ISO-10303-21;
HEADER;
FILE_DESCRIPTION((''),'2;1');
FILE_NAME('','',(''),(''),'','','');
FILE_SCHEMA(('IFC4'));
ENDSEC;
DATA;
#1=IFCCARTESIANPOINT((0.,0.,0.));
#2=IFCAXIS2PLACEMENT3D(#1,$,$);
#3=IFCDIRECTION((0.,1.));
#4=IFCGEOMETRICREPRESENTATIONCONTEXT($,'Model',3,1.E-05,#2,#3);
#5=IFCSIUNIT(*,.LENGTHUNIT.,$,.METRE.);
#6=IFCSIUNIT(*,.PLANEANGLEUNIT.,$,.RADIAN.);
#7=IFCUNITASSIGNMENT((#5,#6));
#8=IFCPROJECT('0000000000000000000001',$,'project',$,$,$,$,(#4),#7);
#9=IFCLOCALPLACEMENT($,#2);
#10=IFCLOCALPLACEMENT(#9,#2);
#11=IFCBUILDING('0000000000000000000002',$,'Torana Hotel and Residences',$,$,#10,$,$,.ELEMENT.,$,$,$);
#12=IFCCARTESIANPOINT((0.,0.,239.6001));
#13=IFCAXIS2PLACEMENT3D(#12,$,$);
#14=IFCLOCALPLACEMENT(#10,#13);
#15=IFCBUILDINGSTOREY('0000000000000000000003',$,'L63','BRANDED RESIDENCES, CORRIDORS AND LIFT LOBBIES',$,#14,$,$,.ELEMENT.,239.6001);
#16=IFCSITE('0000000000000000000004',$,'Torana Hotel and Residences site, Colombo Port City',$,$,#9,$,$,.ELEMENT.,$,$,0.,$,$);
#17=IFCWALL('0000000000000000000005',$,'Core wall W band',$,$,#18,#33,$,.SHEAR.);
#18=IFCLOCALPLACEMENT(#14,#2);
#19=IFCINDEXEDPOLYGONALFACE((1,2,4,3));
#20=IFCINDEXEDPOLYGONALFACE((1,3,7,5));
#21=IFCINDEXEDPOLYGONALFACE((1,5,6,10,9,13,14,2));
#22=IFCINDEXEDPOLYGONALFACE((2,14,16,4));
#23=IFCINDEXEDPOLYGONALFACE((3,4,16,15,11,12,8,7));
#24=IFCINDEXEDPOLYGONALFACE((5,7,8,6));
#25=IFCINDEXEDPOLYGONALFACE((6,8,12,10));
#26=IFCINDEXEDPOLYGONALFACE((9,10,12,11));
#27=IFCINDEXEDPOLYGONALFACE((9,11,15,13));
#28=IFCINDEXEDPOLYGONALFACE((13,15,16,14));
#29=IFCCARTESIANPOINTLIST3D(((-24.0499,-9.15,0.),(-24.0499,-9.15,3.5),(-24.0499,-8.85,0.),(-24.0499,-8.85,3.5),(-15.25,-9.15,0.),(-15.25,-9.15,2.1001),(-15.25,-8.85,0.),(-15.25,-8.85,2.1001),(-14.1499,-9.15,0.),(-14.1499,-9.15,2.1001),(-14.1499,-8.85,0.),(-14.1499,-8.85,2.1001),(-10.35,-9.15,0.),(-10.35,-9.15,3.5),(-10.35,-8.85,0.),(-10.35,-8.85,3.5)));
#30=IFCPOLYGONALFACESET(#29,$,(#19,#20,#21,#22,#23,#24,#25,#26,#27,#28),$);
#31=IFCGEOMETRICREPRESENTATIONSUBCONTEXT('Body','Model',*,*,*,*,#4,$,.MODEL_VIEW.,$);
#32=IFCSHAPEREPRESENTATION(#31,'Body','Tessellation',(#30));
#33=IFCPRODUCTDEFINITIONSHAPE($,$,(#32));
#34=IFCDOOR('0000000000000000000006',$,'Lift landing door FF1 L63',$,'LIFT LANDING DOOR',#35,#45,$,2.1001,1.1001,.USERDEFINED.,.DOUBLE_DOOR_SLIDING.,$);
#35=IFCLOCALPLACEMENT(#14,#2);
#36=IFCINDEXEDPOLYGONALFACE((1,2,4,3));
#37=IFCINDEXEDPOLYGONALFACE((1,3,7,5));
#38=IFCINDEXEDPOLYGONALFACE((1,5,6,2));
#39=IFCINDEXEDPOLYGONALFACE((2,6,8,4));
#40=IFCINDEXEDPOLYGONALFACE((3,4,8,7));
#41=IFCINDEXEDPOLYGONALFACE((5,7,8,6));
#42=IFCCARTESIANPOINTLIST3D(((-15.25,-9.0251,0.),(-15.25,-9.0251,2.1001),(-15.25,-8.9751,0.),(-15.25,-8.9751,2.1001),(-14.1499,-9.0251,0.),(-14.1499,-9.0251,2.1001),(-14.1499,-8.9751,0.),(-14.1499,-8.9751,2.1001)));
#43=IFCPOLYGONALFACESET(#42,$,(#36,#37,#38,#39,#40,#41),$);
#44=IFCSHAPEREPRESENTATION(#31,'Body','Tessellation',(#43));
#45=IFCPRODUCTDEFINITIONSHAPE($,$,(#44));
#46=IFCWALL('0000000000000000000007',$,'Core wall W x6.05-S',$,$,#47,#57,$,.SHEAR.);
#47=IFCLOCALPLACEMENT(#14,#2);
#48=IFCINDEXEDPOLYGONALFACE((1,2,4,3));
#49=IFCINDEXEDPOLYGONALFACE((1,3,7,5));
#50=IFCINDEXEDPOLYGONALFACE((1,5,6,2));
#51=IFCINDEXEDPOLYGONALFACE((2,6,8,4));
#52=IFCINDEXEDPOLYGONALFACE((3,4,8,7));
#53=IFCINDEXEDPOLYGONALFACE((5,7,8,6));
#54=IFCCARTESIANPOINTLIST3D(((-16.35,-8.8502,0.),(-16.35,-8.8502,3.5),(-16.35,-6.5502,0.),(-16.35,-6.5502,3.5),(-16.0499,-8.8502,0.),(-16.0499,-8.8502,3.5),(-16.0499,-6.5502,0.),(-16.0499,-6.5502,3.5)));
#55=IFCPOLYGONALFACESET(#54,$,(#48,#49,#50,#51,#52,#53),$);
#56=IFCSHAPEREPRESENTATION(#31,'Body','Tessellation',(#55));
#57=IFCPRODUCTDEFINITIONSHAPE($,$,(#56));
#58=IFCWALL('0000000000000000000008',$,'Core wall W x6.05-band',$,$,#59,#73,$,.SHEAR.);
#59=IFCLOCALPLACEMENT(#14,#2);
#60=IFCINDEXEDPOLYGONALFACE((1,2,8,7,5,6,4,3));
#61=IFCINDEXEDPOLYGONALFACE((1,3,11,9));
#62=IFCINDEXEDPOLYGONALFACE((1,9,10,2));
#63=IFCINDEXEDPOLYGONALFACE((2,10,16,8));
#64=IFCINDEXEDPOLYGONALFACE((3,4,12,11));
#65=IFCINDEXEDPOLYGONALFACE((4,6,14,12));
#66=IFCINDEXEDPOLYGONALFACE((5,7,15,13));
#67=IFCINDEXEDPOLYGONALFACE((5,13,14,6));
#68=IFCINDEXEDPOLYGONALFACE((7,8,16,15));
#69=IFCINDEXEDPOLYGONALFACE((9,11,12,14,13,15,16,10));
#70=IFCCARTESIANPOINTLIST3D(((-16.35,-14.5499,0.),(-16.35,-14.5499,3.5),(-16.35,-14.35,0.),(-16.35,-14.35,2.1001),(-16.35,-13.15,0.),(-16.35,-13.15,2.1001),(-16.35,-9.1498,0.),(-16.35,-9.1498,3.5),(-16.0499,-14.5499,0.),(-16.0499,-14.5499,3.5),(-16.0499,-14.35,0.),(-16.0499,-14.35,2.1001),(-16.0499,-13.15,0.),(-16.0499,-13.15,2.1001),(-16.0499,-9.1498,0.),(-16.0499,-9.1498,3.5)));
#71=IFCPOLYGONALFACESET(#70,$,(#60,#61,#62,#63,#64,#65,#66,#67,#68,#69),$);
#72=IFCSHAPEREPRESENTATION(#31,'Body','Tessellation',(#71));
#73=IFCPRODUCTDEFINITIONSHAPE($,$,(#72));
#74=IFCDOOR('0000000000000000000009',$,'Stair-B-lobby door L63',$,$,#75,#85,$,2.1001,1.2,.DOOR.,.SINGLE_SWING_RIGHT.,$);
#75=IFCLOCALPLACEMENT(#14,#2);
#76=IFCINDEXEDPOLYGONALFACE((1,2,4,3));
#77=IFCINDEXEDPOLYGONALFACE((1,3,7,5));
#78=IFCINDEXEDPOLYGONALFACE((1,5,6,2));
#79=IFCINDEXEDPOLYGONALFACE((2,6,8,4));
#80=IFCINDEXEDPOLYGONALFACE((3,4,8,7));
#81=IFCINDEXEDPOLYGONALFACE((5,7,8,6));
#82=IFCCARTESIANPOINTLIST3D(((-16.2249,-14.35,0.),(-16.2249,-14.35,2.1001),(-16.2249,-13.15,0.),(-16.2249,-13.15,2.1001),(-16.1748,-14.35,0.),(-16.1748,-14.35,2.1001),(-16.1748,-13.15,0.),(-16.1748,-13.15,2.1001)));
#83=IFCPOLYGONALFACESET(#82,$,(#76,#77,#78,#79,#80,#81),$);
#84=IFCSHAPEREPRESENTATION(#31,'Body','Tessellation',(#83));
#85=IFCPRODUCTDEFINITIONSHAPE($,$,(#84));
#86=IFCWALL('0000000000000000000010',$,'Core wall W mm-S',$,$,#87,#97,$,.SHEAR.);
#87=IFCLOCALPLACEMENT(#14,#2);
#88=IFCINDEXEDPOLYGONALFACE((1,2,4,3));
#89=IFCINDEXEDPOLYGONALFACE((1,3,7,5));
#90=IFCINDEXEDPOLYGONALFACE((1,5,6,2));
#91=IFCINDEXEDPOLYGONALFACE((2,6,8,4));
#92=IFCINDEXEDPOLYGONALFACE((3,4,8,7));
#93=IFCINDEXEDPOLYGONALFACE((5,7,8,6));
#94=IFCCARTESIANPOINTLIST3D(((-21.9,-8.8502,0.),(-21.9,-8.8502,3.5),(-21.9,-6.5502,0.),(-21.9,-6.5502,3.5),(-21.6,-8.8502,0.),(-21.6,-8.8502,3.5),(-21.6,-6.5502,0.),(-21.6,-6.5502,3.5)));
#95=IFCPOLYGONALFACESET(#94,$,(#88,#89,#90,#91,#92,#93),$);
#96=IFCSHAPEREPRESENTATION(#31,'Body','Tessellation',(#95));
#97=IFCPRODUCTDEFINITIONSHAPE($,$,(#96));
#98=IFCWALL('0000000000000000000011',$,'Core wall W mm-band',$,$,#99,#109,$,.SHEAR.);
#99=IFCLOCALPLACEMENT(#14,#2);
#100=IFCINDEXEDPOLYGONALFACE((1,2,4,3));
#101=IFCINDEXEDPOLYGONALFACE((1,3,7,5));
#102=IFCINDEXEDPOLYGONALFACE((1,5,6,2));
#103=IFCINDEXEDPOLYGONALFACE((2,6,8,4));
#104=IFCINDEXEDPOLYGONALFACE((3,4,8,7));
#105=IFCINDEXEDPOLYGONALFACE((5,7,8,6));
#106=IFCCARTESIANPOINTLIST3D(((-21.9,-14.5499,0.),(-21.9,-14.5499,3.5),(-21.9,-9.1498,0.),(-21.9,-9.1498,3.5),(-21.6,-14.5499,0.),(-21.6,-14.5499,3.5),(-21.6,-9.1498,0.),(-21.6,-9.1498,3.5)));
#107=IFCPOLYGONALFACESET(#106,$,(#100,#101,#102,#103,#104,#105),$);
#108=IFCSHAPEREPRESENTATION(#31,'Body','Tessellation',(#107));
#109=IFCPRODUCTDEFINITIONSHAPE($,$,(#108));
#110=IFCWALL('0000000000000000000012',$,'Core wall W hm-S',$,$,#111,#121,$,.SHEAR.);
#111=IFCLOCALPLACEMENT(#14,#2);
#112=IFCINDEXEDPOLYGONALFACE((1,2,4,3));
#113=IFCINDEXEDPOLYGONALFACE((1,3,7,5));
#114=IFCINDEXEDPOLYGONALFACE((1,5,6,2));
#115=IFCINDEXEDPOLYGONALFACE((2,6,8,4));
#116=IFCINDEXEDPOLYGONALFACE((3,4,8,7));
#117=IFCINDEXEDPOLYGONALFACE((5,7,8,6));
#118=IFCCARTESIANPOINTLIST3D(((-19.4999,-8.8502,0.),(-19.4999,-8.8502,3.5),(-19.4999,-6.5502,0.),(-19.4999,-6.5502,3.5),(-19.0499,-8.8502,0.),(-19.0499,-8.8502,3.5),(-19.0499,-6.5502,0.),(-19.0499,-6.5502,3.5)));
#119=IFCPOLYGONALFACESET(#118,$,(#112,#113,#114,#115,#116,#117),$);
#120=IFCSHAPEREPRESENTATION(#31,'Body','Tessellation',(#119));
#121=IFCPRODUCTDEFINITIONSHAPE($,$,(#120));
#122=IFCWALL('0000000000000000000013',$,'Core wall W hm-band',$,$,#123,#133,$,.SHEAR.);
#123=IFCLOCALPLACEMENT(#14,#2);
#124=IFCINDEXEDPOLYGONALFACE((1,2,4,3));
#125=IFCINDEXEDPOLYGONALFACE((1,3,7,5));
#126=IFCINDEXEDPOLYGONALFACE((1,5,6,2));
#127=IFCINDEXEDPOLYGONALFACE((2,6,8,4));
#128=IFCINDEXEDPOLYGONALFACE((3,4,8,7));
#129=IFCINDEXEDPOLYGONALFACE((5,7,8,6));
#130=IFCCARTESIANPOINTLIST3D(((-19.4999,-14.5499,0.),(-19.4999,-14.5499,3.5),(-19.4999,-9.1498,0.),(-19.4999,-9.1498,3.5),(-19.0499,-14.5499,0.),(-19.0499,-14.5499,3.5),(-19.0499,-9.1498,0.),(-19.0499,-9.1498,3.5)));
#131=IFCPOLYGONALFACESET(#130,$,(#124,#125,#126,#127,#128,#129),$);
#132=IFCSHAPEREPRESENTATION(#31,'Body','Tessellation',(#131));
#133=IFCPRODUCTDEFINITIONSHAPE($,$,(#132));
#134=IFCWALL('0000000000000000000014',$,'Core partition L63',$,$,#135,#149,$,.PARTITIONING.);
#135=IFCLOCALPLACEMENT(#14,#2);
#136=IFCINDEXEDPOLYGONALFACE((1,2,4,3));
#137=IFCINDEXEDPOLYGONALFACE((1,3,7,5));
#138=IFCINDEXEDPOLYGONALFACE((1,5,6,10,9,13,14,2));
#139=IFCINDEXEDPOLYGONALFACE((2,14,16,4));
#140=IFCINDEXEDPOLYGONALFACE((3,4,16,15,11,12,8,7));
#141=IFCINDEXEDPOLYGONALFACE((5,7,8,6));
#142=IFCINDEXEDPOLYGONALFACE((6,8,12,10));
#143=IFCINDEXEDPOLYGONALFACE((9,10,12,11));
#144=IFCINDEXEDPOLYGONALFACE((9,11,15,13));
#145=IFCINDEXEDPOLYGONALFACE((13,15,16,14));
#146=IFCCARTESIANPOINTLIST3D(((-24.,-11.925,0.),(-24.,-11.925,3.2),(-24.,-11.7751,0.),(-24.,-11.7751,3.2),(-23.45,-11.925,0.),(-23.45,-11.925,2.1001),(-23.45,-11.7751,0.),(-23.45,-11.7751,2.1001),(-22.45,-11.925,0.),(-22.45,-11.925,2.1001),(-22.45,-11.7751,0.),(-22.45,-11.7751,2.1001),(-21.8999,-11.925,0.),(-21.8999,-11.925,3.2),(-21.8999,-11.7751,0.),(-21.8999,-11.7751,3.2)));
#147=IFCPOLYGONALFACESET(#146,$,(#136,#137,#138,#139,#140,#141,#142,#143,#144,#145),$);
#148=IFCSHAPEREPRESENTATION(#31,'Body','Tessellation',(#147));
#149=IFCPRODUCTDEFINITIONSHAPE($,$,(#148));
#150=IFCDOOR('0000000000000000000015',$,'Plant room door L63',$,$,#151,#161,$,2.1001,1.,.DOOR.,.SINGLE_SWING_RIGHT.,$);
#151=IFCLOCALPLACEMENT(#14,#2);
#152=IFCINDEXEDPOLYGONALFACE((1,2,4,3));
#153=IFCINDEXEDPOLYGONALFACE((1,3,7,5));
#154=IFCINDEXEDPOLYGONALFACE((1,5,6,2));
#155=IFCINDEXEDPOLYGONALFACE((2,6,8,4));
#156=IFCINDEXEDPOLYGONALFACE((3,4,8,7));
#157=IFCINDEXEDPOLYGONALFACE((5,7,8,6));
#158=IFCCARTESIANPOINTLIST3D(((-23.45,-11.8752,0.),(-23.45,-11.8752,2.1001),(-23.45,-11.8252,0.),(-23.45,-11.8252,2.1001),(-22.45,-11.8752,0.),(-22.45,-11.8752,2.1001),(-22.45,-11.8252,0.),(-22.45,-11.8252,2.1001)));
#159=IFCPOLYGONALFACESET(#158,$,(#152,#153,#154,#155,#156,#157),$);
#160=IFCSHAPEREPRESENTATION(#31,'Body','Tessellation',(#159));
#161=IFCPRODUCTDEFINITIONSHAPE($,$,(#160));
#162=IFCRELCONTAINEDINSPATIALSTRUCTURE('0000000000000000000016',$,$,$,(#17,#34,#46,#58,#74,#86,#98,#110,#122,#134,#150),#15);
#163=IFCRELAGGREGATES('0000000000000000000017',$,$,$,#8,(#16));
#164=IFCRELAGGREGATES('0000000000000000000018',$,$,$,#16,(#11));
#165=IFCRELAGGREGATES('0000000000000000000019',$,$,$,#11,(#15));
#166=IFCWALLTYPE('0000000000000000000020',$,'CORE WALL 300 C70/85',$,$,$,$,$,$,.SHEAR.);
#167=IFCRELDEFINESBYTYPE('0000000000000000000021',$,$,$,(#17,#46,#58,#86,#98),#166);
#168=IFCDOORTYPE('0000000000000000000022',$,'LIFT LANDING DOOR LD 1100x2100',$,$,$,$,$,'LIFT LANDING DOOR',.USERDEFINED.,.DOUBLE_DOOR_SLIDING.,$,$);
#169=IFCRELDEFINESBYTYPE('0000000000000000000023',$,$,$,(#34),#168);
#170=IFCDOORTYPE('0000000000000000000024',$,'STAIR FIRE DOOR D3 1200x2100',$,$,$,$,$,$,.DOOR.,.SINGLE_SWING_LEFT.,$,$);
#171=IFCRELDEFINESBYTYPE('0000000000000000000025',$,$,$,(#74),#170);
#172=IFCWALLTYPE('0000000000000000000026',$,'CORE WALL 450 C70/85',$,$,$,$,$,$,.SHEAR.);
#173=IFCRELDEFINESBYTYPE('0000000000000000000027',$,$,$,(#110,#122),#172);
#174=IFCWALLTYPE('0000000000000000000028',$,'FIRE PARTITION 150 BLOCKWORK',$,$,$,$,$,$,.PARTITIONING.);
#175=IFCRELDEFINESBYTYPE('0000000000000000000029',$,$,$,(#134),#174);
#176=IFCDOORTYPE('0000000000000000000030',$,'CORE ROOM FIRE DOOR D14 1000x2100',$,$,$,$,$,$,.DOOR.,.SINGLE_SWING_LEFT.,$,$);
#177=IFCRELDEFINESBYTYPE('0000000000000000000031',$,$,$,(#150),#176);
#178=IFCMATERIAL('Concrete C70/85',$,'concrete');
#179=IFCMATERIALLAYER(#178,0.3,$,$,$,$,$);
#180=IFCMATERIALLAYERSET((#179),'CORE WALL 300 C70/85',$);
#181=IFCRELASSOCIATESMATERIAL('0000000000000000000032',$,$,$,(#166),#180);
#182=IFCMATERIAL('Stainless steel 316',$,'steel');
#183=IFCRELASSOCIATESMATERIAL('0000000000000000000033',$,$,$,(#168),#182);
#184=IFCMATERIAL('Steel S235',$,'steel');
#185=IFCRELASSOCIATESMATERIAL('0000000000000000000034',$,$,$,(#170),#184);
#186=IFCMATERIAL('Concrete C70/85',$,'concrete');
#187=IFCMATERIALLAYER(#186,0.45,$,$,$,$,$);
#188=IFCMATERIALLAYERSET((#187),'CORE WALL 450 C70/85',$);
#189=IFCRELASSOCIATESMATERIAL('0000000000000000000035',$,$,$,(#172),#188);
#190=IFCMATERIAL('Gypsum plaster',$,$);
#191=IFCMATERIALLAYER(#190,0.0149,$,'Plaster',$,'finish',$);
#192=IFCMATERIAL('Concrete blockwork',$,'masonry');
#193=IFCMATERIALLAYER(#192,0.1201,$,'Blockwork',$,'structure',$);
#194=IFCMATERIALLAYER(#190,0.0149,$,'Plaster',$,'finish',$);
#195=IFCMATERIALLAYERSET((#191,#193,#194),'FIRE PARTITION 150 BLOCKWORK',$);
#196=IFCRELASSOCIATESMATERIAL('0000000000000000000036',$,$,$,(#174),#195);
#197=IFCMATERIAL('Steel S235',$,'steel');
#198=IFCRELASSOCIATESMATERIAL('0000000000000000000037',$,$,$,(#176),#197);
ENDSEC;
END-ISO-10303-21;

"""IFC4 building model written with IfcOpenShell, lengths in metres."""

from ifc_helpers import new_model, si_unit, direction, frame, frame_2d, origin, place, context, subcontext, project, spatial, rectangle, extrude, material, layer, layer_set, type_object, element, fill, save


model = new_model("IFC4")

# Units and contexts
model_context = context("Model", 3, precision=1e-05, world=origin(), true_north=direction((0.0, 1.0)))
body_context = subcontext(model_context, "Body", "Model", "MODEL_VIEW")
ifc_project = project(units=[si_unit("LENGTHUNIT", "METRE"), si_unit("PLANEANGLEUNIT", "RADIAN")], contexts=[model_context])

# Site, building, storey
site_placement = place(None, origin())
site = spatial("IfcSite", under=ifc_project, at=site_placement, Name="Torana Hotel and Residences site, Colombo Port City", CompositionType="ELEMENT", RefElevation=0.0)
building_placement = place(site_placement, origin())
building = spatial("IfcBuilding", under=site, at=building_placement, Name="Torana Hotel and Residences", CompositionType="ELEMENT")
storey_placement = place(building_placement, frame((0.0, 0.0, 239.6001)))
storey = spatial("IfcBuildingStorey", under=building, at=storey_placement, Name="L63", Description="BRANDED RESIDENCES, CORRIDORS AND LIFT LOBBIES", CompositionType="ELEMENT", Elevation=239.6001)

# Wall, opening, door
ifc_material_1 = material(Name="Concrete C70/85", Category="concrete")
ifc_layer_1 = layer(ifc_material_1, 0.3)
ifc_layer_set_1 = layer_set([ifc_layer_1], Name="CORE WALL 300 C70/85")
wall_type_1 = type_object("IfcWallType", Name="CORE WALL 300 C70/85", PredefinedType="SHEAR", material=ifc_layer_set_1)
wall_1_placement = place(storey_placement, frame((-24.05, -9.0, 0.0), z_axis=(0.0, 0.0, 1.0), x_axis=(1.0, 0.0, 0.0)))
wall_1 = element("IfcWall", 1, at=wall_1_placement, inside=storey, type_object=wall_type_1, Name="Core wall W band", PredefinedType="SHEAR", context=body_context, shape_type="SweptSolid", body=[
    extrude(rectangle(XDim=13.7, YDim=0.3, at=frame_2d((6.8501, 0.0))), origin(), (0.0, 0.0, 1.0), 3.5),
])
opening_1_placement = place(wall_1_placement, frame((8.8, 0.0, 0.0)))
opening_1 = element("IfcOpeningElement", 2, at=opening_1_placement, cuts=wall_1, PredefinedType="OPENING", context=body_context, shape_type="SweptSolid", body=[
    extrude(rectangle(XDim=1.1001, YDim=2.1001, at=frame_2d((0.55, 1.05))), frame((0.0, 0.1599, 0.0), z_axis=(0.0, -1.0, 0.0), x_axis=(1.0, 0.0, 0.0)), (0.0, 0.0, 1.0), 0.3201),
])
ifc_material_2 = material(Name="Stainless steel 316", Category="steel")
door_type_1 = type_object("IfcDoorType", Name="LIFT LANDING DOOR LD 1100x2100", ElementType="LIFT LANDING DOOR", OperationType="DOUBLE_DOOR_SLIDING", PredefinedType="USERDEFINED", material=ifc_material_2)
door_1_placement = place(opening_1_placement, origin())
door_1 = element("IfcDoor", 3, at=door_1_placement, inside=storey, type_object=door_type_1, Name="Lift landing door FF1 L63", ObjectType="LIFT LANDING DOOR", OperationType="DOUBLE_DOOR_SLIDING", OverallHeight=2.1001, OverallWidth=1.1001, PredefinedType="USERDEFINED", context=body_context, shape_type="SweptSolid", body=[
    extrude(rectangle(XDim=1.1001, YDim=2.1001, at=frame_2d((0.55, 1.05))), frame((0.0, 0.0249, 0.0), z_axis=(0.0, -1.0, 0.0), x_axis=(1.0, 0.0, 0.0)), (0.0, 0.0, 1.0), 0.05),
])
fill(opening_1, door_1)

# Wall
wall_2_placement = place(storey_placement, frame((-16.2, -8.8501, 0.0), z_axis=(0.0, 0.0, 1.0), x_axis=(0.0, 1.0, 0.0)))
element("IfcWall", 4, at=wall_2_placement, inside=storey, type_object=wall_type_1, Name="Core wall W x6.05-S", PredefinedType="SHEAR", context=body_context, shape_type="SweptSolid", body=[
    extrude(rectangle(XDim=2.3, YDim=0.3, at=frame_2d((1.1499, 0.0))), origin(), (0.0, 0.0, 1.0), 3.5),
])

# Wall, opening, door
wall_3_placement = place(storey_placement, frame((-16.2, -14.55, 0.0), z_axis=(0.0, 0.0, 1.0), x_axis=(0.0, 1.0, 0.0)))
wall_3 = element("IfcWall", 5, at=wall_3_placement, inside=storey, type_object=wall_type_1, Name="Core wall W x6.05-band", PredefinedType="SHEAR", context=body_context, shape_type="SweptSolid", body=[
    extrude(rectangle(XDim=5.4001, YDim=0.3, at=frame_2d((2.7002, 0.0))), origin(), (0.0, 0.0, 1.0), 3.5),
])
opening_2_placement = place(wall_3_placement, frame((0.2, 0.0, 0.0)))
opening_2 = element("IfcOpeningElement", 6, at=opening_2_placement, cuts=wall_3, PredefinedType="OPENING", context=body_context, shape_type="SweptSolid", body=[
    extrude(rectangle(XDim=1.2, YDim=2.1001, at=frame_2d((0.6001, 1.05))), frame((0.0, 0.1599, 0.0), z_axis=(0.0, -1.0, 0.0), x_axis=(1.0, 0.0, 0.0)), (0.0, 0.0, 1.0), 0.3201),
])
ifc_material_3 = material(Name="Steel S235", Category="steel")
door_type_2 = type_object("IfcDoorType", Name="STAIR FIRE DOOR D3 1200x2100", OperationType="SINGLE_SWING_LEFT", PredefinedType="DOOR", material=ifc_material_3)
door_2_placement = place(opening_2_placement, origin())
door_2 = element("IfcDoor", 7, at=door_2_placement, inside=storey, type_object=door_type_2, Name="Stair-B-lobby door L63", OperationType="SINGLE_SWING_RIGHT", OverallHeight=2.1001, OverallWidth=1.2, PredefinedType="DOOR", context=body_context, shape_type="SweptSolid", body=[
    extrude(rectangle(XDim=1.2, YDim=2.1001, at=frame_2d((0.6001, 1.05))), frame((0.0, 0.0249, 0.0), z_axis=(0.0, -1.0, 0.0), x_axis=(1.0, 0.0, 0.0)), (0.0, 0.0, 1.0), 0.05),
])
fill(opening_2, door_2)

# Walls
wall_4_placement = place(storey_placement, frame((-21.75, -8.8501, 0.0), z_axis=(0.0, 0.0, 1.0), x_axis=(0.0, 1.0, 0.0)))
element("IfcWall", 8, at=wall_4_placement, inside=storey, type_object=wall_type_1, Name="Core wall W mm-S", PredefinedType="SHEAR", context=body_context, shape_type="SweptSolid", body=[
    extrude(rectangle(XDim=2.3, YDim=0.3, at=frame_2d((1.1499, 0.0))), origin(), (0.0, 0.0, 1.0), 3.5),
])
wall_5_placement = place(storey_placement, frame((-21.75, -14.55, 0.0), z_axis=(0.0, 0.0, 1.0), x_axis=(0.0, 1.0, 0.0)))
element("IfcWall", 9, at=wall_5_placement, inside=storey, type_object=wall_type_1, Name="Core wall W mm-band", PredefinedType="SHEAR", context=body_context, shape_type="SweptSolid", body=[
    extrude(rectangle(XDim=5.4001, YDim=0.3, at=frame_2d((2.7002, 0.0))), origin(), (0.0, 0.0, 1.0), 3.5),
])
ifc_material_4 = material(Name="Concrete C70/85", Category="concrete")
ifc_layer_2 = layer(ifc_material_4, 0.45)
ifc_layer_set_2 = layer_set([ifc_layer_2], Name="CORE WALL 450 C70/85")
wall_type_2 = type_object("IfcWallType", Name="CORE WALL 450 C70/85", PredefinedType="SHEAR", material=ifc_layer_set_2)
wall_6_placement = place(storey_placement, frame((-19.2749, -8.8501, 0.0), z_axis=(0.0, 0.0, 1.0), x_axis=(0.0, 1.0, 0.0)))
element("IfcWall", 10, at=wall_6_placement, inside=storey, type_object=wall_type_2, Name="Core wall W hm-S", PredefinedType="SHEAR", context=body_context, shape_type="SweptSolid", body=[
    extrude(rectangle(XDim=2.3, YDim=0.45, at=frame_2d((1.1499, 0.0))), origin(), (0.0, 0.0, 1.0), 3.5),
])
wall_7_placement = place(storey_placement, frame((-19.2749, -14.55, 0.0), z_axis=(0.0, 0.0, 1.0), x_axis=(0.0, 1.0, 0.0)))
element("IfcWall", 11, at=wall_7_placement, inside=storey, type_object=wall_type_2, Name="Core wall W hm-band", PredefinedType="SHEAR", context=body_context, shape_type="SweptSolid", body=[
    extrude(rectangle(XDim=5.4001, YDim=0.45, at=frame_2d((2.7002, 0.0))), origin(), (0.0, 0.0, 1.0), 3.5),
])

# Wall, opening, door
ifc_material_5 = material(Name="Gypsum plaster")
ifc_layer_3 = layer(ifc_material_5, 0.0149, Name="Plaster", Category="finish")
ifc_material_6 = material(Name="Concrete blockwork", Category="masonry")
ifc_layer_4 = layer(ifc_material_6, 0.1201, Name="Blockwork", Category="structure")
ifc_layer_5 = layer(ifc_material_5, 0.0149, Name="Plaster", Category="finish")
ifc_layer_set_3 = layer_set([ifc_layer_3, ifc_layer_4, ifc_layer_5], Name="FIRE PARTITION 150 BLOCKWORK")
wall_type_3 = type_object("IfcWallType", Name="FIRE PARTITION 150 BLOCKWORK", PredefinedType="PARTITIONING", material=ifc_layer_set_3)
wall_8_placement = place(storey_placement, frame((-24.0, -11.8501, 0.0), z_axis=(0.0, 0.0, 1.0), x_axis=(1.0, 0.0, 0.0)))
wall_8 = element("IfcWall", 12, at=wall_8_placement, inside=storey, type_object=wall_type_3, Name="Core partition L63", PredefinedType="PARTITIONING", context=body_context, shape_type="SweptSolid", body=[
    extrude(rectangle(XDim=2.1001, YDim=0.1499, at=frame_2d((1.05, 0.0))), origin(), (0.0, 0.0, 1.0), 3.2),
])
opening_3_placement = place(wall_8_placement, frame((0.55, 0.0, 0.0)))
opening_3 = element("IfcOpeningElement", 13, at=opening_3_placement, cuts=wall_8, PredefinedType="OPENING", context=body_context, shape_type="SweptSolid", body=[
    extrude(rectangle(XDim=1.0, YDim=2.1001, at=frame_2d((0.5, 1.05))), frame((0.0, 0.085, 0.0), z_axis=(0.0, -1.0, 0.0), x_axis=(1.0, 0.0, 0.0)), (0.0, 0.0, 1.0), 0.1699),
])
ifc_material_7 = material(Name="Steel S235", Category="steel")
door_type_3 = type_object("IfcDoorType", Name="CORE ROOM FIRE DOOR D14 1000x2100", OperationType="SINGLE_SWING_LEFT", PredefinedType="DOOR", material=ifc_material_7)
door_3_placement = place(opening_3_placement, origin())
door_3 = element("IfcDoor", 14, at=door_3_placement, inside=storey, type_object=door_type_3, Name="Plant room door L63", OperationType="SINGLE_SWING_RIGHT", OverallHeight=2.1001, OverallWidth=1.0, PredefinedType="DOOR", context=body_context, shape_type="SweptSolid", body=[
    extrude(rectangle(XDim=1.0, YDim=2.1001, at=frame_2d((0.5, 1.05))), frame((0.0, 0.0249, 0.0), z_axis=(0.0, -1.0, 0.0), x_axis=(1.0, 0.0, 0.0)), (0.0, 0.0, 1.0), 0.05),
])
fill(opening_3, door_3)

save(model, "model.ifc")
